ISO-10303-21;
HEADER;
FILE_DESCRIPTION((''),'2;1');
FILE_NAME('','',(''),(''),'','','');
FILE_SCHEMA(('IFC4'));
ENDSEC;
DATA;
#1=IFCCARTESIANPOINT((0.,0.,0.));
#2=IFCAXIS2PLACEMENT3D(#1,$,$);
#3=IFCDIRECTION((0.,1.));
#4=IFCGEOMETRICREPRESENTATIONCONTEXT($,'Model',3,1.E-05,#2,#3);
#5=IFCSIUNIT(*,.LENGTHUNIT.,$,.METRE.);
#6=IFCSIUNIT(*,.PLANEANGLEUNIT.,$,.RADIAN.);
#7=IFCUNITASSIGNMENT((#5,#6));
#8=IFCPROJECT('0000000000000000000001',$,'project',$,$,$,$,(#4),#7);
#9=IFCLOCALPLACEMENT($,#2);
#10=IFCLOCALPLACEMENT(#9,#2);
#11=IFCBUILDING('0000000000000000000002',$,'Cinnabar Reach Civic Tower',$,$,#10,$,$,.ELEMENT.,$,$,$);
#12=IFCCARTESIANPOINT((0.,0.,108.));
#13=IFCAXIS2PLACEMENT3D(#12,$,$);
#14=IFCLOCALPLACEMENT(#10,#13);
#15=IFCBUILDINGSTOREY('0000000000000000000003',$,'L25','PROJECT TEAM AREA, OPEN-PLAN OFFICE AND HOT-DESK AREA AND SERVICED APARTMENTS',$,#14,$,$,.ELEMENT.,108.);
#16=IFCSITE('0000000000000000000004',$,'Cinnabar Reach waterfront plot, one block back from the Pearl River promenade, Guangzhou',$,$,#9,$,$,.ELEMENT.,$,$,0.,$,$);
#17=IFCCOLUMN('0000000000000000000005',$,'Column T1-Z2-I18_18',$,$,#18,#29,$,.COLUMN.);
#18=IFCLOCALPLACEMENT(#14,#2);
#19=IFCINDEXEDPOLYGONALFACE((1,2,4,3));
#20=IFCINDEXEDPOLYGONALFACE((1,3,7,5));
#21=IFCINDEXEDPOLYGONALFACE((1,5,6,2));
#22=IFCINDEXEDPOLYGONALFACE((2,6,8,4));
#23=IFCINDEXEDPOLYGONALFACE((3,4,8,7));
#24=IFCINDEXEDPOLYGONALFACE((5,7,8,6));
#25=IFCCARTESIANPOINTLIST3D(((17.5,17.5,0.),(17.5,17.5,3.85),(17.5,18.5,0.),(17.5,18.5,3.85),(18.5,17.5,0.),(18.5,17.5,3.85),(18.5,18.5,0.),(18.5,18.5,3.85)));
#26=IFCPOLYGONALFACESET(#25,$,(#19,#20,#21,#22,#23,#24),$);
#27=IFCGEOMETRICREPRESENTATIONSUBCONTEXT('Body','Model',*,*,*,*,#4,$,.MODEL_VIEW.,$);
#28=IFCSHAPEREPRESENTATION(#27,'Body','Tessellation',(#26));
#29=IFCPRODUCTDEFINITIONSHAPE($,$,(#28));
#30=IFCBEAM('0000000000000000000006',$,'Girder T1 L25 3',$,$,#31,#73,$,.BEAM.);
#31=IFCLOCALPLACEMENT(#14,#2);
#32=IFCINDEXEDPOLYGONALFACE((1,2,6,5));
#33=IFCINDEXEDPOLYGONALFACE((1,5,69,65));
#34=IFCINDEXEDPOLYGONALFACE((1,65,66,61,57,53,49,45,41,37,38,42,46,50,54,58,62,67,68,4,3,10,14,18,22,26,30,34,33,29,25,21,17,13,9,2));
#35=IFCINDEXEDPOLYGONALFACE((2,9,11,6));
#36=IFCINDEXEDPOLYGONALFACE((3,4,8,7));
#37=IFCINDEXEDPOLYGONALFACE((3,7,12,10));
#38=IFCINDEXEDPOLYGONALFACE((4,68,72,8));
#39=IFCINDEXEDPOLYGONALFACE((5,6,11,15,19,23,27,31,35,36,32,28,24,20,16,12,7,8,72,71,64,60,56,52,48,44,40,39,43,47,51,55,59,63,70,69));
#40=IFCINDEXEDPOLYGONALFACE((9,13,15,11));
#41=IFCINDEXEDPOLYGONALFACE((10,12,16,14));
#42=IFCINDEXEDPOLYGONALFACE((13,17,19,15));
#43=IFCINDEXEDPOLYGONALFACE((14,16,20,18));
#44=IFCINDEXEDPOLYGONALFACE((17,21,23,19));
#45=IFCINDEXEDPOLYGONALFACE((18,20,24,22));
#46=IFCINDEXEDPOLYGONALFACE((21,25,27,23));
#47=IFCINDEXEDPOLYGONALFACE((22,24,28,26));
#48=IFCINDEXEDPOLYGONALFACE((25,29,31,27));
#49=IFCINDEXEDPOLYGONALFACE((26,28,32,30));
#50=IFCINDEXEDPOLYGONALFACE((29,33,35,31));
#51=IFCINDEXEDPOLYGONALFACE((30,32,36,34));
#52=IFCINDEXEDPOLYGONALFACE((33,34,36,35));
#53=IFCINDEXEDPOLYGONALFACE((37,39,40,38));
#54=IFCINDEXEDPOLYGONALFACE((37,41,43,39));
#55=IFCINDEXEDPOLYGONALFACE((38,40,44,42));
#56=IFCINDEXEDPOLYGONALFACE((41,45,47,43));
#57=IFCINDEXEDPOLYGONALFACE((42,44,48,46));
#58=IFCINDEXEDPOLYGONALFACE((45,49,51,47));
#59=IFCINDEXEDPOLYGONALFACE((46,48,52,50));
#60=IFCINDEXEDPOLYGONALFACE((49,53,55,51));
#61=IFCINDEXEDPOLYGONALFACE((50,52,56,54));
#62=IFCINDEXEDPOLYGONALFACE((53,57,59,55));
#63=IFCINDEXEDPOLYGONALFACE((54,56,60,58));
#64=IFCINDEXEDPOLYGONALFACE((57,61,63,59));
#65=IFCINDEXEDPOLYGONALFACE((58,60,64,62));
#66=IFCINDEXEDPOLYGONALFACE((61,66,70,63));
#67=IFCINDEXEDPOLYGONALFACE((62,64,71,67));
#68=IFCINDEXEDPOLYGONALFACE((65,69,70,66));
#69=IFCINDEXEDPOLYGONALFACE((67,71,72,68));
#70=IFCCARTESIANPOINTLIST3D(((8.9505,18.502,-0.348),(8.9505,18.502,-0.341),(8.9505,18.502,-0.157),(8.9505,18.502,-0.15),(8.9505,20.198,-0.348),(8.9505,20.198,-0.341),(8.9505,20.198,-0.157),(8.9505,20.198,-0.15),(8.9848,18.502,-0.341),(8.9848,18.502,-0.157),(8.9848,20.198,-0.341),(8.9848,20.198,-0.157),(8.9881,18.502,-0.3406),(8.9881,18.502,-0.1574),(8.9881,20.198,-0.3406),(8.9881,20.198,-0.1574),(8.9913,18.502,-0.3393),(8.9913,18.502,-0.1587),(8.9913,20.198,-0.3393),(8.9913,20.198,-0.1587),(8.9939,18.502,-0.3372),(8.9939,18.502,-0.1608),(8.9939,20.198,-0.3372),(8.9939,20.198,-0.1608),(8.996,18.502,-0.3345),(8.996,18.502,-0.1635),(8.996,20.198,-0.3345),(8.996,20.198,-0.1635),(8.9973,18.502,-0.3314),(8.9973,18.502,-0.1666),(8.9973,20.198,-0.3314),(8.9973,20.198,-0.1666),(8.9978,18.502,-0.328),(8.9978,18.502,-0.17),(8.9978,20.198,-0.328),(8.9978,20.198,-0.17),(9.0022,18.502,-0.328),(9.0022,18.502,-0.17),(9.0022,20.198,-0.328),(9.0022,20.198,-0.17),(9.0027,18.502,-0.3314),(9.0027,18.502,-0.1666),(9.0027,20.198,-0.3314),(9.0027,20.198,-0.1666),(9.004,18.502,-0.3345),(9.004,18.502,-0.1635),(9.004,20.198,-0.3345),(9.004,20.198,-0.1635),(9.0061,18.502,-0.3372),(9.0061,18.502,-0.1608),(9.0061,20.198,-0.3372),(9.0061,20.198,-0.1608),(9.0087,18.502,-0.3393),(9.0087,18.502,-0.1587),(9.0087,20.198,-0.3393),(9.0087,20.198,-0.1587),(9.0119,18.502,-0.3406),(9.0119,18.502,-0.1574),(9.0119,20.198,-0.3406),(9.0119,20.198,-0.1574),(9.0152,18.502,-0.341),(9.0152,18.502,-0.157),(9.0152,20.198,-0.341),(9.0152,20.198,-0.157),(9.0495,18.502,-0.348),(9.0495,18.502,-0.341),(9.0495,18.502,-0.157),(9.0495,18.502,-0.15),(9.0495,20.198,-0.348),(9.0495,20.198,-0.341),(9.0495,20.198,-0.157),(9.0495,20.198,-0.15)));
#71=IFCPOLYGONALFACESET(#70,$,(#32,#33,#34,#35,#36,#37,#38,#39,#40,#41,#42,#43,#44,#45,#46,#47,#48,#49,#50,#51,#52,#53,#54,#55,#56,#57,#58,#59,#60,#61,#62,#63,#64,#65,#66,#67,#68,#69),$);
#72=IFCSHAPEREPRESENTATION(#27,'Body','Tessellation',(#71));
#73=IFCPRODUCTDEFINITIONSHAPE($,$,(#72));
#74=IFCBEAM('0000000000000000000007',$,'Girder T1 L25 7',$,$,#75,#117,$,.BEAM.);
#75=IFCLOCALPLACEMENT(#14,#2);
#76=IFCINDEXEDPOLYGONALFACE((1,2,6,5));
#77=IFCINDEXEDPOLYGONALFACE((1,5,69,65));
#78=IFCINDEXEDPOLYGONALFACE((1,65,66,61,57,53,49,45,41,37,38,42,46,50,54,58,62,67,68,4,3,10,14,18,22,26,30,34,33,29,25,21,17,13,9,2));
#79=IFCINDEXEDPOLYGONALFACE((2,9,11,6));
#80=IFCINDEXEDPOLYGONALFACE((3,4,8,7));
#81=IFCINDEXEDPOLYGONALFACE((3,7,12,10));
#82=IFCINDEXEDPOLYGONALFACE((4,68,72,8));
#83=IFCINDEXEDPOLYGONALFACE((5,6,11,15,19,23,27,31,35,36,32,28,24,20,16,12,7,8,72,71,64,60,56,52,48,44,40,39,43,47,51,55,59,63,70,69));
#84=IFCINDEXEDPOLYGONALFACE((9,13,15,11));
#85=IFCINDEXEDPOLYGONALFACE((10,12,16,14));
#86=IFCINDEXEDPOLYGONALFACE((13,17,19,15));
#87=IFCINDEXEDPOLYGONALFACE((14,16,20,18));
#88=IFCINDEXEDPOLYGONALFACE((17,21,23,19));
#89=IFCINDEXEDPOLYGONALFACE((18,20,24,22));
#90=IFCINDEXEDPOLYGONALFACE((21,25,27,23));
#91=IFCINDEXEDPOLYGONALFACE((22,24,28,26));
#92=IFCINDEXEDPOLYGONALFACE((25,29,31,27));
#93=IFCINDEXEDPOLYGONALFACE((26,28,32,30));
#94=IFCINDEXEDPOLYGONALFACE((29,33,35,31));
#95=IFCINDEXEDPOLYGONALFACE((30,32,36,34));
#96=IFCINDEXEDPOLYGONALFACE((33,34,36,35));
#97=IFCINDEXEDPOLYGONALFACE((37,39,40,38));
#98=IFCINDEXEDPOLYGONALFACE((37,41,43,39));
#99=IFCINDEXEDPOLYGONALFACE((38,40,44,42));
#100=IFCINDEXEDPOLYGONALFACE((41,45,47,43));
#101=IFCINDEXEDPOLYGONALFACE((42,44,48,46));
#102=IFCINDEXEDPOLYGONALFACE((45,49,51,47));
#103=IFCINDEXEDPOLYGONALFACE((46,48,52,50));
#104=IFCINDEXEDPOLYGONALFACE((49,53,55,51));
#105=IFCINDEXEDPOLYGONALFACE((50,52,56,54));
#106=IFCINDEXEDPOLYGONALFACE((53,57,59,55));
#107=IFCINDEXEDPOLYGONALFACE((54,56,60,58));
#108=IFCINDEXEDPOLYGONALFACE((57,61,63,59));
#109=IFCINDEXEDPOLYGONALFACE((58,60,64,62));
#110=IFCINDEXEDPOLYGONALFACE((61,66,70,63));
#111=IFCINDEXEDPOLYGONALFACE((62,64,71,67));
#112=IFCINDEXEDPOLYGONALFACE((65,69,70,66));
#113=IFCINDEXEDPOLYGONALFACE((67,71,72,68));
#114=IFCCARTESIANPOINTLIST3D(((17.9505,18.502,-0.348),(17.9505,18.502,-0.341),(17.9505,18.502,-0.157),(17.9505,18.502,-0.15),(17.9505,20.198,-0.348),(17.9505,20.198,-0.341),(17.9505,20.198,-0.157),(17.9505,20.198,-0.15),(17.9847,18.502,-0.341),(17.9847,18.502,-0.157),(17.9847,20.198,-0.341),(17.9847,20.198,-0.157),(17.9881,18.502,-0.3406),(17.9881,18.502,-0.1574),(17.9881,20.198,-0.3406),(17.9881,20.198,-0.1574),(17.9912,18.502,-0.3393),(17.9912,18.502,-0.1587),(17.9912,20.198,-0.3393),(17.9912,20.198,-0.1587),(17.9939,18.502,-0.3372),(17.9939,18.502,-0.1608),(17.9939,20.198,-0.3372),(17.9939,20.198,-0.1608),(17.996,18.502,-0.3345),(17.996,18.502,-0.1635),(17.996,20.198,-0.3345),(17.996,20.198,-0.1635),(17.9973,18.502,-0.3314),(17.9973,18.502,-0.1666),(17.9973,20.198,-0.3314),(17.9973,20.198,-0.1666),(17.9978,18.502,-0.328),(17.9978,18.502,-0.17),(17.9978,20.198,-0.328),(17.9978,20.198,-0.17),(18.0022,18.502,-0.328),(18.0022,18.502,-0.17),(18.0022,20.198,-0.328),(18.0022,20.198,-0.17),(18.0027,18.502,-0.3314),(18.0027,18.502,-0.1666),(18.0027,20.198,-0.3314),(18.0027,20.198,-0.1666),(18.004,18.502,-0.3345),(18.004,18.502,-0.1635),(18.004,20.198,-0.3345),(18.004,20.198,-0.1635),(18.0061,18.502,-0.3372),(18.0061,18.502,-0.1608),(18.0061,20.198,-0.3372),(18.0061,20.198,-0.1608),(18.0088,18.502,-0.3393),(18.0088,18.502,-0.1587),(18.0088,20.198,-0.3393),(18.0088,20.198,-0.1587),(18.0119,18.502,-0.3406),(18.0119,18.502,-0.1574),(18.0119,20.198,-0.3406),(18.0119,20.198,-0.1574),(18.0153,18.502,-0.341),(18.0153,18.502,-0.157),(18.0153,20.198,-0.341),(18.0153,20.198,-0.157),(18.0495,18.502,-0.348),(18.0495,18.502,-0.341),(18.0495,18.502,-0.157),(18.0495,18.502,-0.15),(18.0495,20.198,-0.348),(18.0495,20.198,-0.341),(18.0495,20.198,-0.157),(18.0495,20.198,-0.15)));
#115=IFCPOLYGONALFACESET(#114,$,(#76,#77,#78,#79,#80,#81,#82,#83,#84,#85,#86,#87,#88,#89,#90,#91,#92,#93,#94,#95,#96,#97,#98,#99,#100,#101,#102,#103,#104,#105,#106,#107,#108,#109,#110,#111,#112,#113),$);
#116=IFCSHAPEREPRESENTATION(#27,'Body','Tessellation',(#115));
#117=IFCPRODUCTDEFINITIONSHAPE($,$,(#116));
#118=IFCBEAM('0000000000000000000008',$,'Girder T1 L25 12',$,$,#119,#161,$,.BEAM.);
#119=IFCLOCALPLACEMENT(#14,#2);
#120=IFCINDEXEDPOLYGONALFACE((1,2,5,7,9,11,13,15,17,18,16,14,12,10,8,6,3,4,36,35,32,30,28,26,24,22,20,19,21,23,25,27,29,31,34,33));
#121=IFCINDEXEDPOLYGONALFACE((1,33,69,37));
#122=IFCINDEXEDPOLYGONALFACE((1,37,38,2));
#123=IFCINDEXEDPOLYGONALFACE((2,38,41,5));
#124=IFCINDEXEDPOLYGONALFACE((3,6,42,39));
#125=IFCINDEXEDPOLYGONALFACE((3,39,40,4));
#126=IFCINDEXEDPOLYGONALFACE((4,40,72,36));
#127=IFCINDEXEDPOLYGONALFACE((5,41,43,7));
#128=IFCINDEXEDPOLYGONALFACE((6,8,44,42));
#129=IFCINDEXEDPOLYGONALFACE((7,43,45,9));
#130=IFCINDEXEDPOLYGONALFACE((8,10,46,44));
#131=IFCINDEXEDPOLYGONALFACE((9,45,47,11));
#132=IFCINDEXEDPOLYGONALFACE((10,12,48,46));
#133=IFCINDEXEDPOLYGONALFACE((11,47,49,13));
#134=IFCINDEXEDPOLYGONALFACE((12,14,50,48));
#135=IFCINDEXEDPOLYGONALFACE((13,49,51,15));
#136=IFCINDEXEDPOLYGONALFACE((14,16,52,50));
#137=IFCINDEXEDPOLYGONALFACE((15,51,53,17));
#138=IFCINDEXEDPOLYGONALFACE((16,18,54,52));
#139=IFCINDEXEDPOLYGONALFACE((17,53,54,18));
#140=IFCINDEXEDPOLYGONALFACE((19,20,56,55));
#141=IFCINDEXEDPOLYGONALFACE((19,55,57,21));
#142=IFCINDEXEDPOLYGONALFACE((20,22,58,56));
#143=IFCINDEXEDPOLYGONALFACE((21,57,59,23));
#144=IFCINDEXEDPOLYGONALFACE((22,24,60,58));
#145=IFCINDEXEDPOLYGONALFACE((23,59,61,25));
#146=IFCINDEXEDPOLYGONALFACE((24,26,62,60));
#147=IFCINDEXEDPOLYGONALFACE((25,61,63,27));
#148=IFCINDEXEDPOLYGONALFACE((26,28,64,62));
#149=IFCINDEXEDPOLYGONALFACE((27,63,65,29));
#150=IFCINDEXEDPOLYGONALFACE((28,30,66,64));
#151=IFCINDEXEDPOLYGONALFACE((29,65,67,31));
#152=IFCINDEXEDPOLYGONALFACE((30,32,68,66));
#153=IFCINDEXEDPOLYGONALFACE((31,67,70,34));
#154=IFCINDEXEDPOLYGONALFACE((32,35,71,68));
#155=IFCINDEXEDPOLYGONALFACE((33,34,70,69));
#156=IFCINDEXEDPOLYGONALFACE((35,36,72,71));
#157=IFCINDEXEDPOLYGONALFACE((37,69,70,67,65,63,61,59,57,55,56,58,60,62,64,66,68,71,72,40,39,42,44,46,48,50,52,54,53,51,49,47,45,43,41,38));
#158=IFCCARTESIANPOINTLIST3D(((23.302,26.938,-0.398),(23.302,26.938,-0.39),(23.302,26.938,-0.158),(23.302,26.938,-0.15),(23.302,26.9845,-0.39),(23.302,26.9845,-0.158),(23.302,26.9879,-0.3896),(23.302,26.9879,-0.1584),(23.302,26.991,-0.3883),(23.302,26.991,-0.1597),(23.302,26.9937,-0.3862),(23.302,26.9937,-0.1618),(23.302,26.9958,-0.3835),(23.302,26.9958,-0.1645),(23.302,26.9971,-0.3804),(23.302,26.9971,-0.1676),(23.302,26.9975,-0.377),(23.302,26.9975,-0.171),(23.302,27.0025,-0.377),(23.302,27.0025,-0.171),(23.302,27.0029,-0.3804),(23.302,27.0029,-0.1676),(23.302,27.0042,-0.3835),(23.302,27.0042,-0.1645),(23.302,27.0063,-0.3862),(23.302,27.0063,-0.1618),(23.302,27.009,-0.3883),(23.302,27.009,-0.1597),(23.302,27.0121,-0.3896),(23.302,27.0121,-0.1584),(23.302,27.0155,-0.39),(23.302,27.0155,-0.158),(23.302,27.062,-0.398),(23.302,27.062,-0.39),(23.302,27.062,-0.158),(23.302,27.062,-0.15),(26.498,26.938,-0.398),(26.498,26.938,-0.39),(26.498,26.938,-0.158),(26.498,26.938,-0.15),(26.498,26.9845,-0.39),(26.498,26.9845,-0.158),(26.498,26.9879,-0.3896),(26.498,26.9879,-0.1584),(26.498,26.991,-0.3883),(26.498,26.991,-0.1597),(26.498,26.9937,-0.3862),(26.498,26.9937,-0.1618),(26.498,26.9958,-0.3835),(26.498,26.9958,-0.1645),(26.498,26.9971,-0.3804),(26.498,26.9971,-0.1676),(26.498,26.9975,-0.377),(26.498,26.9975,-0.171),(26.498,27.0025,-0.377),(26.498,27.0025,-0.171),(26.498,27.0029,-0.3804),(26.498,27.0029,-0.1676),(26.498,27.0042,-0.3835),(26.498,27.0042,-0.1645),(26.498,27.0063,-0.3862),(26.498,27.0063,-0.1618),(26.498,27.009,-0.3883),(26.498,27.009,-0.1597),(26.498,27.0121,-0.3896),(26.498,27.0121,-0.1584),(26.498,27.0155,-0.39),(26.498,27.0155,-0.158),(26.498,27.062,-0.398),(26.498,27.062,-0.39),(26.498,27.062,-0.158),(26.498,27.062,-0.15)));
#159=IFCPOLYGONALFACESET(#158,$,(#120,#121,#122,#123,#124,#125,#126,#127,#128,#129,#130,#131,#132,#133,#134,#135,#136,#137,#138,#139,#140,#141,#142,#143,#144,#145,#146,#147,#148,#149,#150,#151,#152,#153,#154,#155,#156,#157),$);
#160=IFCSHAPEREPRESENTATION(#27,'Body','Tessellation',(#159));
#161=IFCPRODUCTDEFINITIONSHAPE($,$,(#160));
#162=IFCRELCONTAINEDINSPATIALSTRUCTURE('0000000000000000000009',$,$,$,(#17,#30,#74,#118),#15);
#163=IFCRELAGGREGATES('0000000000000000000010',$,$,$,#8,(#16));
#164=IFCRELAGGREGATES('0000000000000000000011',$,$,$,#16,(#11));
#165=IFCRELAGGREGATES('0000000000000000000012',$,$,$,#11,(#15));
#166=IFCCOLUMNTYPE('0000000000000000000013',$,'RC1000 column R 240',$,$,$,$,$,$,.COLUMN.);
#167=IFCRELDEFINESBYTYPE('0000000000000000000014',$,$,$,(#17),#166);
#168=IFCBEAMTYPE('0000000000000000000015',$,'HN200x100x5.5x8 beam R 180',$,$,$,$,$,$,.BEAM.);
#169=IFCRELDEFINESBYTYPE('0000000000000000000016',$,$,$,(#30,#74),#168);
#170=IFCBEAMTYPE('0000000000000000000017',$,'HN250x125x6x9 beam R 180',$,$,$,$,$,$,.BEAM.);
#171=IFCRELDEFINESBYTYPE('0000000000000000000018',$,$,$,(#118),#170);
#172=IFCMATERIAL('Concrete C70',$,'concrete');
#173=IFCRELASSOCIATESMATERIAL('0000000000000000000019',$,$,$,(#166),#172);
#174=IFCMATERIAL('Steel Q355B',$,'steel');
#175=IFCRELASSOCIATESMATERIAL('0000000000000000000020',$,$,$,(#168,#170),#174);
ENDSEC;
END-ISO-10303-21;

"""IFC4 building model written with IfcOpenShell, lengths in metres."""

from ifc_helpers import new_model, si_unit, direction, frame, origin, origin_2d, place, context, subcontext, project, spatial, rectangle, i_section, extrude, material, material_profile, profile_set, type_object, element, save


model = new_model("IFC4")

# Units and contexts
model_context = context("Model", 3, precision=1e-05, world=origin(), true_north=direction((0.0, 1.0)))
body_context = subcontext(model_context, "Body", "Model", "MODEL_VIEW")
ifc_project = project(units=[si_unit("LENGTHUNIT", "METRE"), si_unit("PLANEANGLEUNIT", "RADIAN")], contexts=[model_context])

# Site, building, storey
site_placement = place(None, origin())
site = spatial("IfcSite", under=ifc_project, at=site_placement, Name="Cinnabar Reach waterfront plot, one block back from the Pearl River promenade, Guangzhou", CompositionType="ELEMENT", RefElevation=0.0)
building_placement = place(site_placement, origin())
building = spatial("IfcBuilding", under=site, at=building_placement, Name="Cinnabar Reach Civic Tower", CompositionType="ELEMENT")
storey_placement = place(building_placement, frame((0.0, 0.0, 108.0)))
storey = spatial("IfcBuildingStorey", under=building, at=storey_placement, Name="L25", Description="PROJECT TEAM AREA, OPEN-PLAN OFFICE AND HOT-DESK AREA AND SERVICED APARTMENTS", CompositionType="ELEMENT", Elevation=108.0)

# Column
ifc_material_1 = material(Name="Concrete C70", Category="concrete")
ifc_material_profile_1 = material_profile(ifc_material_1, rectangle(XDim=1.0, YDim=1.0, at=origin_2d()), Name="RC1000")
ifc_profile_set_1 = profile_set([ifc_material_profile_1], Name="Concrete C70")
column_type = type_object("IfcColumnType", Name="RC1000 column R 240", PredefinedType="COLUMN", material=ifc_profile_set_1)
column_placement = place(storey_placement, frame((18.0, 18.0, 0.0), z_axis=(0.0, 0.0, 1.0), x_axis=(1.0, 0.0, 0.0)))
element("IfcColumn", 1, at=column_placement, inside=storey, type_object=column_type, Name="Column T1-Z2-I18_18", PredefinedType="COLUMN", context=body_context, shape_type="SweptSolid", body=[
    extrude(rectangle(XDim=1.0, YDim=1.0, at=origin_2d()), origin(), (0.0, 0.0, 1.0), 3.85),
])

# Beams
ifc_material_2 = material(Name="Steel Q355B", Category="steel")
ifc_material_profile_2 = material_profile(ifc_material_2, i_section(OverallWidth=0.099, OverallDepth=0.198, WebThickness=0.0045, FlangeThickness=0.007, FilletRadius=0.013, at=origin_2d()), Name="HN200x100x5.5x8")
ifc_profile_set_2 = profile_set([ifc_material_profile_2], Name="Steel Q355B")
beam_type_1 = type_object("IfcBeamType", Name="HN200x100x5.5x8 beam R 180", PredefinedType="BEAM", material=ifc_profile_set_2)
for number, where, z_axis, x_axis, name in (
    (2, (9.0, 18.502, -0.249), (0.0, 1.0, 0.0), (-1.0, 0.0, 0.0), "Girder T1 L25 3"),
    (3, (18.0, 18.502, -0.249), (0.0, 1.0, 0.0), (-1.0, 0.0, 0.0), "Girder T1 L25 7"),
):
    element("IfcBeam", number, at=place(storey_placement, frame(where, z_axis=z_axis, x_axis=x_axis)), inside=storey, type_object=beam_type_1, Name=name, PredefinedType="BEAM", context=body_context, shape_type="SweptSolid", body=[
        extrude(i_section(OverallWidth=0.099, OverallDepth=0.198, WebThickness=0.0045, FlangeThickness=0.007, FilletRadius=0.013, at=origin_2d()), origin(), (0.0, 0.0, 1.0), 1.696),
    ])
ifc_material_profile_3 = material_profile(ifc_material_2, i_section(OverallWidth=0.124, OverallDepth=0.248, WebThickness=0.005, FlangeThickness=0.008, FilletRadius=0.013, at=origin_2d()), Name="HN250x125x6x9")
ifc_profile_set_3 = profile_set([ifc_material_profile_3], Name="Steel Q355B")
beam_type_2 = type_object("IfcBeamType", Name="HN250x125x6x9 beam R 180", PredefinedType="BEAM", material=ifc_profile_set_3)
beam_1_placement = place(storey_placement, frame((23.302, 27.0, -0.274), z_axis=(1.0, 0.0, 0.0), x_axis=(0.0, 1.0, 0.0)))
element("IfcBeam", 4, at=beam_1_placement, inside=storey, type_object=beam_type_2, Name="Girder T1 L25 12", PredefinedType="BEAM", context=body_context, shape_type="SweptSolid", body=[
    extrude(i_section(OverallWidth=0.124, OverallDepth=0.248, WebThickness=0.005, FlangeThickness=0.008, FilletRadius=0.013, at=origin_2d()), origin(), (0.0, 0.0, 1.0), 3.196),
])

save(model, "model.ifc")
